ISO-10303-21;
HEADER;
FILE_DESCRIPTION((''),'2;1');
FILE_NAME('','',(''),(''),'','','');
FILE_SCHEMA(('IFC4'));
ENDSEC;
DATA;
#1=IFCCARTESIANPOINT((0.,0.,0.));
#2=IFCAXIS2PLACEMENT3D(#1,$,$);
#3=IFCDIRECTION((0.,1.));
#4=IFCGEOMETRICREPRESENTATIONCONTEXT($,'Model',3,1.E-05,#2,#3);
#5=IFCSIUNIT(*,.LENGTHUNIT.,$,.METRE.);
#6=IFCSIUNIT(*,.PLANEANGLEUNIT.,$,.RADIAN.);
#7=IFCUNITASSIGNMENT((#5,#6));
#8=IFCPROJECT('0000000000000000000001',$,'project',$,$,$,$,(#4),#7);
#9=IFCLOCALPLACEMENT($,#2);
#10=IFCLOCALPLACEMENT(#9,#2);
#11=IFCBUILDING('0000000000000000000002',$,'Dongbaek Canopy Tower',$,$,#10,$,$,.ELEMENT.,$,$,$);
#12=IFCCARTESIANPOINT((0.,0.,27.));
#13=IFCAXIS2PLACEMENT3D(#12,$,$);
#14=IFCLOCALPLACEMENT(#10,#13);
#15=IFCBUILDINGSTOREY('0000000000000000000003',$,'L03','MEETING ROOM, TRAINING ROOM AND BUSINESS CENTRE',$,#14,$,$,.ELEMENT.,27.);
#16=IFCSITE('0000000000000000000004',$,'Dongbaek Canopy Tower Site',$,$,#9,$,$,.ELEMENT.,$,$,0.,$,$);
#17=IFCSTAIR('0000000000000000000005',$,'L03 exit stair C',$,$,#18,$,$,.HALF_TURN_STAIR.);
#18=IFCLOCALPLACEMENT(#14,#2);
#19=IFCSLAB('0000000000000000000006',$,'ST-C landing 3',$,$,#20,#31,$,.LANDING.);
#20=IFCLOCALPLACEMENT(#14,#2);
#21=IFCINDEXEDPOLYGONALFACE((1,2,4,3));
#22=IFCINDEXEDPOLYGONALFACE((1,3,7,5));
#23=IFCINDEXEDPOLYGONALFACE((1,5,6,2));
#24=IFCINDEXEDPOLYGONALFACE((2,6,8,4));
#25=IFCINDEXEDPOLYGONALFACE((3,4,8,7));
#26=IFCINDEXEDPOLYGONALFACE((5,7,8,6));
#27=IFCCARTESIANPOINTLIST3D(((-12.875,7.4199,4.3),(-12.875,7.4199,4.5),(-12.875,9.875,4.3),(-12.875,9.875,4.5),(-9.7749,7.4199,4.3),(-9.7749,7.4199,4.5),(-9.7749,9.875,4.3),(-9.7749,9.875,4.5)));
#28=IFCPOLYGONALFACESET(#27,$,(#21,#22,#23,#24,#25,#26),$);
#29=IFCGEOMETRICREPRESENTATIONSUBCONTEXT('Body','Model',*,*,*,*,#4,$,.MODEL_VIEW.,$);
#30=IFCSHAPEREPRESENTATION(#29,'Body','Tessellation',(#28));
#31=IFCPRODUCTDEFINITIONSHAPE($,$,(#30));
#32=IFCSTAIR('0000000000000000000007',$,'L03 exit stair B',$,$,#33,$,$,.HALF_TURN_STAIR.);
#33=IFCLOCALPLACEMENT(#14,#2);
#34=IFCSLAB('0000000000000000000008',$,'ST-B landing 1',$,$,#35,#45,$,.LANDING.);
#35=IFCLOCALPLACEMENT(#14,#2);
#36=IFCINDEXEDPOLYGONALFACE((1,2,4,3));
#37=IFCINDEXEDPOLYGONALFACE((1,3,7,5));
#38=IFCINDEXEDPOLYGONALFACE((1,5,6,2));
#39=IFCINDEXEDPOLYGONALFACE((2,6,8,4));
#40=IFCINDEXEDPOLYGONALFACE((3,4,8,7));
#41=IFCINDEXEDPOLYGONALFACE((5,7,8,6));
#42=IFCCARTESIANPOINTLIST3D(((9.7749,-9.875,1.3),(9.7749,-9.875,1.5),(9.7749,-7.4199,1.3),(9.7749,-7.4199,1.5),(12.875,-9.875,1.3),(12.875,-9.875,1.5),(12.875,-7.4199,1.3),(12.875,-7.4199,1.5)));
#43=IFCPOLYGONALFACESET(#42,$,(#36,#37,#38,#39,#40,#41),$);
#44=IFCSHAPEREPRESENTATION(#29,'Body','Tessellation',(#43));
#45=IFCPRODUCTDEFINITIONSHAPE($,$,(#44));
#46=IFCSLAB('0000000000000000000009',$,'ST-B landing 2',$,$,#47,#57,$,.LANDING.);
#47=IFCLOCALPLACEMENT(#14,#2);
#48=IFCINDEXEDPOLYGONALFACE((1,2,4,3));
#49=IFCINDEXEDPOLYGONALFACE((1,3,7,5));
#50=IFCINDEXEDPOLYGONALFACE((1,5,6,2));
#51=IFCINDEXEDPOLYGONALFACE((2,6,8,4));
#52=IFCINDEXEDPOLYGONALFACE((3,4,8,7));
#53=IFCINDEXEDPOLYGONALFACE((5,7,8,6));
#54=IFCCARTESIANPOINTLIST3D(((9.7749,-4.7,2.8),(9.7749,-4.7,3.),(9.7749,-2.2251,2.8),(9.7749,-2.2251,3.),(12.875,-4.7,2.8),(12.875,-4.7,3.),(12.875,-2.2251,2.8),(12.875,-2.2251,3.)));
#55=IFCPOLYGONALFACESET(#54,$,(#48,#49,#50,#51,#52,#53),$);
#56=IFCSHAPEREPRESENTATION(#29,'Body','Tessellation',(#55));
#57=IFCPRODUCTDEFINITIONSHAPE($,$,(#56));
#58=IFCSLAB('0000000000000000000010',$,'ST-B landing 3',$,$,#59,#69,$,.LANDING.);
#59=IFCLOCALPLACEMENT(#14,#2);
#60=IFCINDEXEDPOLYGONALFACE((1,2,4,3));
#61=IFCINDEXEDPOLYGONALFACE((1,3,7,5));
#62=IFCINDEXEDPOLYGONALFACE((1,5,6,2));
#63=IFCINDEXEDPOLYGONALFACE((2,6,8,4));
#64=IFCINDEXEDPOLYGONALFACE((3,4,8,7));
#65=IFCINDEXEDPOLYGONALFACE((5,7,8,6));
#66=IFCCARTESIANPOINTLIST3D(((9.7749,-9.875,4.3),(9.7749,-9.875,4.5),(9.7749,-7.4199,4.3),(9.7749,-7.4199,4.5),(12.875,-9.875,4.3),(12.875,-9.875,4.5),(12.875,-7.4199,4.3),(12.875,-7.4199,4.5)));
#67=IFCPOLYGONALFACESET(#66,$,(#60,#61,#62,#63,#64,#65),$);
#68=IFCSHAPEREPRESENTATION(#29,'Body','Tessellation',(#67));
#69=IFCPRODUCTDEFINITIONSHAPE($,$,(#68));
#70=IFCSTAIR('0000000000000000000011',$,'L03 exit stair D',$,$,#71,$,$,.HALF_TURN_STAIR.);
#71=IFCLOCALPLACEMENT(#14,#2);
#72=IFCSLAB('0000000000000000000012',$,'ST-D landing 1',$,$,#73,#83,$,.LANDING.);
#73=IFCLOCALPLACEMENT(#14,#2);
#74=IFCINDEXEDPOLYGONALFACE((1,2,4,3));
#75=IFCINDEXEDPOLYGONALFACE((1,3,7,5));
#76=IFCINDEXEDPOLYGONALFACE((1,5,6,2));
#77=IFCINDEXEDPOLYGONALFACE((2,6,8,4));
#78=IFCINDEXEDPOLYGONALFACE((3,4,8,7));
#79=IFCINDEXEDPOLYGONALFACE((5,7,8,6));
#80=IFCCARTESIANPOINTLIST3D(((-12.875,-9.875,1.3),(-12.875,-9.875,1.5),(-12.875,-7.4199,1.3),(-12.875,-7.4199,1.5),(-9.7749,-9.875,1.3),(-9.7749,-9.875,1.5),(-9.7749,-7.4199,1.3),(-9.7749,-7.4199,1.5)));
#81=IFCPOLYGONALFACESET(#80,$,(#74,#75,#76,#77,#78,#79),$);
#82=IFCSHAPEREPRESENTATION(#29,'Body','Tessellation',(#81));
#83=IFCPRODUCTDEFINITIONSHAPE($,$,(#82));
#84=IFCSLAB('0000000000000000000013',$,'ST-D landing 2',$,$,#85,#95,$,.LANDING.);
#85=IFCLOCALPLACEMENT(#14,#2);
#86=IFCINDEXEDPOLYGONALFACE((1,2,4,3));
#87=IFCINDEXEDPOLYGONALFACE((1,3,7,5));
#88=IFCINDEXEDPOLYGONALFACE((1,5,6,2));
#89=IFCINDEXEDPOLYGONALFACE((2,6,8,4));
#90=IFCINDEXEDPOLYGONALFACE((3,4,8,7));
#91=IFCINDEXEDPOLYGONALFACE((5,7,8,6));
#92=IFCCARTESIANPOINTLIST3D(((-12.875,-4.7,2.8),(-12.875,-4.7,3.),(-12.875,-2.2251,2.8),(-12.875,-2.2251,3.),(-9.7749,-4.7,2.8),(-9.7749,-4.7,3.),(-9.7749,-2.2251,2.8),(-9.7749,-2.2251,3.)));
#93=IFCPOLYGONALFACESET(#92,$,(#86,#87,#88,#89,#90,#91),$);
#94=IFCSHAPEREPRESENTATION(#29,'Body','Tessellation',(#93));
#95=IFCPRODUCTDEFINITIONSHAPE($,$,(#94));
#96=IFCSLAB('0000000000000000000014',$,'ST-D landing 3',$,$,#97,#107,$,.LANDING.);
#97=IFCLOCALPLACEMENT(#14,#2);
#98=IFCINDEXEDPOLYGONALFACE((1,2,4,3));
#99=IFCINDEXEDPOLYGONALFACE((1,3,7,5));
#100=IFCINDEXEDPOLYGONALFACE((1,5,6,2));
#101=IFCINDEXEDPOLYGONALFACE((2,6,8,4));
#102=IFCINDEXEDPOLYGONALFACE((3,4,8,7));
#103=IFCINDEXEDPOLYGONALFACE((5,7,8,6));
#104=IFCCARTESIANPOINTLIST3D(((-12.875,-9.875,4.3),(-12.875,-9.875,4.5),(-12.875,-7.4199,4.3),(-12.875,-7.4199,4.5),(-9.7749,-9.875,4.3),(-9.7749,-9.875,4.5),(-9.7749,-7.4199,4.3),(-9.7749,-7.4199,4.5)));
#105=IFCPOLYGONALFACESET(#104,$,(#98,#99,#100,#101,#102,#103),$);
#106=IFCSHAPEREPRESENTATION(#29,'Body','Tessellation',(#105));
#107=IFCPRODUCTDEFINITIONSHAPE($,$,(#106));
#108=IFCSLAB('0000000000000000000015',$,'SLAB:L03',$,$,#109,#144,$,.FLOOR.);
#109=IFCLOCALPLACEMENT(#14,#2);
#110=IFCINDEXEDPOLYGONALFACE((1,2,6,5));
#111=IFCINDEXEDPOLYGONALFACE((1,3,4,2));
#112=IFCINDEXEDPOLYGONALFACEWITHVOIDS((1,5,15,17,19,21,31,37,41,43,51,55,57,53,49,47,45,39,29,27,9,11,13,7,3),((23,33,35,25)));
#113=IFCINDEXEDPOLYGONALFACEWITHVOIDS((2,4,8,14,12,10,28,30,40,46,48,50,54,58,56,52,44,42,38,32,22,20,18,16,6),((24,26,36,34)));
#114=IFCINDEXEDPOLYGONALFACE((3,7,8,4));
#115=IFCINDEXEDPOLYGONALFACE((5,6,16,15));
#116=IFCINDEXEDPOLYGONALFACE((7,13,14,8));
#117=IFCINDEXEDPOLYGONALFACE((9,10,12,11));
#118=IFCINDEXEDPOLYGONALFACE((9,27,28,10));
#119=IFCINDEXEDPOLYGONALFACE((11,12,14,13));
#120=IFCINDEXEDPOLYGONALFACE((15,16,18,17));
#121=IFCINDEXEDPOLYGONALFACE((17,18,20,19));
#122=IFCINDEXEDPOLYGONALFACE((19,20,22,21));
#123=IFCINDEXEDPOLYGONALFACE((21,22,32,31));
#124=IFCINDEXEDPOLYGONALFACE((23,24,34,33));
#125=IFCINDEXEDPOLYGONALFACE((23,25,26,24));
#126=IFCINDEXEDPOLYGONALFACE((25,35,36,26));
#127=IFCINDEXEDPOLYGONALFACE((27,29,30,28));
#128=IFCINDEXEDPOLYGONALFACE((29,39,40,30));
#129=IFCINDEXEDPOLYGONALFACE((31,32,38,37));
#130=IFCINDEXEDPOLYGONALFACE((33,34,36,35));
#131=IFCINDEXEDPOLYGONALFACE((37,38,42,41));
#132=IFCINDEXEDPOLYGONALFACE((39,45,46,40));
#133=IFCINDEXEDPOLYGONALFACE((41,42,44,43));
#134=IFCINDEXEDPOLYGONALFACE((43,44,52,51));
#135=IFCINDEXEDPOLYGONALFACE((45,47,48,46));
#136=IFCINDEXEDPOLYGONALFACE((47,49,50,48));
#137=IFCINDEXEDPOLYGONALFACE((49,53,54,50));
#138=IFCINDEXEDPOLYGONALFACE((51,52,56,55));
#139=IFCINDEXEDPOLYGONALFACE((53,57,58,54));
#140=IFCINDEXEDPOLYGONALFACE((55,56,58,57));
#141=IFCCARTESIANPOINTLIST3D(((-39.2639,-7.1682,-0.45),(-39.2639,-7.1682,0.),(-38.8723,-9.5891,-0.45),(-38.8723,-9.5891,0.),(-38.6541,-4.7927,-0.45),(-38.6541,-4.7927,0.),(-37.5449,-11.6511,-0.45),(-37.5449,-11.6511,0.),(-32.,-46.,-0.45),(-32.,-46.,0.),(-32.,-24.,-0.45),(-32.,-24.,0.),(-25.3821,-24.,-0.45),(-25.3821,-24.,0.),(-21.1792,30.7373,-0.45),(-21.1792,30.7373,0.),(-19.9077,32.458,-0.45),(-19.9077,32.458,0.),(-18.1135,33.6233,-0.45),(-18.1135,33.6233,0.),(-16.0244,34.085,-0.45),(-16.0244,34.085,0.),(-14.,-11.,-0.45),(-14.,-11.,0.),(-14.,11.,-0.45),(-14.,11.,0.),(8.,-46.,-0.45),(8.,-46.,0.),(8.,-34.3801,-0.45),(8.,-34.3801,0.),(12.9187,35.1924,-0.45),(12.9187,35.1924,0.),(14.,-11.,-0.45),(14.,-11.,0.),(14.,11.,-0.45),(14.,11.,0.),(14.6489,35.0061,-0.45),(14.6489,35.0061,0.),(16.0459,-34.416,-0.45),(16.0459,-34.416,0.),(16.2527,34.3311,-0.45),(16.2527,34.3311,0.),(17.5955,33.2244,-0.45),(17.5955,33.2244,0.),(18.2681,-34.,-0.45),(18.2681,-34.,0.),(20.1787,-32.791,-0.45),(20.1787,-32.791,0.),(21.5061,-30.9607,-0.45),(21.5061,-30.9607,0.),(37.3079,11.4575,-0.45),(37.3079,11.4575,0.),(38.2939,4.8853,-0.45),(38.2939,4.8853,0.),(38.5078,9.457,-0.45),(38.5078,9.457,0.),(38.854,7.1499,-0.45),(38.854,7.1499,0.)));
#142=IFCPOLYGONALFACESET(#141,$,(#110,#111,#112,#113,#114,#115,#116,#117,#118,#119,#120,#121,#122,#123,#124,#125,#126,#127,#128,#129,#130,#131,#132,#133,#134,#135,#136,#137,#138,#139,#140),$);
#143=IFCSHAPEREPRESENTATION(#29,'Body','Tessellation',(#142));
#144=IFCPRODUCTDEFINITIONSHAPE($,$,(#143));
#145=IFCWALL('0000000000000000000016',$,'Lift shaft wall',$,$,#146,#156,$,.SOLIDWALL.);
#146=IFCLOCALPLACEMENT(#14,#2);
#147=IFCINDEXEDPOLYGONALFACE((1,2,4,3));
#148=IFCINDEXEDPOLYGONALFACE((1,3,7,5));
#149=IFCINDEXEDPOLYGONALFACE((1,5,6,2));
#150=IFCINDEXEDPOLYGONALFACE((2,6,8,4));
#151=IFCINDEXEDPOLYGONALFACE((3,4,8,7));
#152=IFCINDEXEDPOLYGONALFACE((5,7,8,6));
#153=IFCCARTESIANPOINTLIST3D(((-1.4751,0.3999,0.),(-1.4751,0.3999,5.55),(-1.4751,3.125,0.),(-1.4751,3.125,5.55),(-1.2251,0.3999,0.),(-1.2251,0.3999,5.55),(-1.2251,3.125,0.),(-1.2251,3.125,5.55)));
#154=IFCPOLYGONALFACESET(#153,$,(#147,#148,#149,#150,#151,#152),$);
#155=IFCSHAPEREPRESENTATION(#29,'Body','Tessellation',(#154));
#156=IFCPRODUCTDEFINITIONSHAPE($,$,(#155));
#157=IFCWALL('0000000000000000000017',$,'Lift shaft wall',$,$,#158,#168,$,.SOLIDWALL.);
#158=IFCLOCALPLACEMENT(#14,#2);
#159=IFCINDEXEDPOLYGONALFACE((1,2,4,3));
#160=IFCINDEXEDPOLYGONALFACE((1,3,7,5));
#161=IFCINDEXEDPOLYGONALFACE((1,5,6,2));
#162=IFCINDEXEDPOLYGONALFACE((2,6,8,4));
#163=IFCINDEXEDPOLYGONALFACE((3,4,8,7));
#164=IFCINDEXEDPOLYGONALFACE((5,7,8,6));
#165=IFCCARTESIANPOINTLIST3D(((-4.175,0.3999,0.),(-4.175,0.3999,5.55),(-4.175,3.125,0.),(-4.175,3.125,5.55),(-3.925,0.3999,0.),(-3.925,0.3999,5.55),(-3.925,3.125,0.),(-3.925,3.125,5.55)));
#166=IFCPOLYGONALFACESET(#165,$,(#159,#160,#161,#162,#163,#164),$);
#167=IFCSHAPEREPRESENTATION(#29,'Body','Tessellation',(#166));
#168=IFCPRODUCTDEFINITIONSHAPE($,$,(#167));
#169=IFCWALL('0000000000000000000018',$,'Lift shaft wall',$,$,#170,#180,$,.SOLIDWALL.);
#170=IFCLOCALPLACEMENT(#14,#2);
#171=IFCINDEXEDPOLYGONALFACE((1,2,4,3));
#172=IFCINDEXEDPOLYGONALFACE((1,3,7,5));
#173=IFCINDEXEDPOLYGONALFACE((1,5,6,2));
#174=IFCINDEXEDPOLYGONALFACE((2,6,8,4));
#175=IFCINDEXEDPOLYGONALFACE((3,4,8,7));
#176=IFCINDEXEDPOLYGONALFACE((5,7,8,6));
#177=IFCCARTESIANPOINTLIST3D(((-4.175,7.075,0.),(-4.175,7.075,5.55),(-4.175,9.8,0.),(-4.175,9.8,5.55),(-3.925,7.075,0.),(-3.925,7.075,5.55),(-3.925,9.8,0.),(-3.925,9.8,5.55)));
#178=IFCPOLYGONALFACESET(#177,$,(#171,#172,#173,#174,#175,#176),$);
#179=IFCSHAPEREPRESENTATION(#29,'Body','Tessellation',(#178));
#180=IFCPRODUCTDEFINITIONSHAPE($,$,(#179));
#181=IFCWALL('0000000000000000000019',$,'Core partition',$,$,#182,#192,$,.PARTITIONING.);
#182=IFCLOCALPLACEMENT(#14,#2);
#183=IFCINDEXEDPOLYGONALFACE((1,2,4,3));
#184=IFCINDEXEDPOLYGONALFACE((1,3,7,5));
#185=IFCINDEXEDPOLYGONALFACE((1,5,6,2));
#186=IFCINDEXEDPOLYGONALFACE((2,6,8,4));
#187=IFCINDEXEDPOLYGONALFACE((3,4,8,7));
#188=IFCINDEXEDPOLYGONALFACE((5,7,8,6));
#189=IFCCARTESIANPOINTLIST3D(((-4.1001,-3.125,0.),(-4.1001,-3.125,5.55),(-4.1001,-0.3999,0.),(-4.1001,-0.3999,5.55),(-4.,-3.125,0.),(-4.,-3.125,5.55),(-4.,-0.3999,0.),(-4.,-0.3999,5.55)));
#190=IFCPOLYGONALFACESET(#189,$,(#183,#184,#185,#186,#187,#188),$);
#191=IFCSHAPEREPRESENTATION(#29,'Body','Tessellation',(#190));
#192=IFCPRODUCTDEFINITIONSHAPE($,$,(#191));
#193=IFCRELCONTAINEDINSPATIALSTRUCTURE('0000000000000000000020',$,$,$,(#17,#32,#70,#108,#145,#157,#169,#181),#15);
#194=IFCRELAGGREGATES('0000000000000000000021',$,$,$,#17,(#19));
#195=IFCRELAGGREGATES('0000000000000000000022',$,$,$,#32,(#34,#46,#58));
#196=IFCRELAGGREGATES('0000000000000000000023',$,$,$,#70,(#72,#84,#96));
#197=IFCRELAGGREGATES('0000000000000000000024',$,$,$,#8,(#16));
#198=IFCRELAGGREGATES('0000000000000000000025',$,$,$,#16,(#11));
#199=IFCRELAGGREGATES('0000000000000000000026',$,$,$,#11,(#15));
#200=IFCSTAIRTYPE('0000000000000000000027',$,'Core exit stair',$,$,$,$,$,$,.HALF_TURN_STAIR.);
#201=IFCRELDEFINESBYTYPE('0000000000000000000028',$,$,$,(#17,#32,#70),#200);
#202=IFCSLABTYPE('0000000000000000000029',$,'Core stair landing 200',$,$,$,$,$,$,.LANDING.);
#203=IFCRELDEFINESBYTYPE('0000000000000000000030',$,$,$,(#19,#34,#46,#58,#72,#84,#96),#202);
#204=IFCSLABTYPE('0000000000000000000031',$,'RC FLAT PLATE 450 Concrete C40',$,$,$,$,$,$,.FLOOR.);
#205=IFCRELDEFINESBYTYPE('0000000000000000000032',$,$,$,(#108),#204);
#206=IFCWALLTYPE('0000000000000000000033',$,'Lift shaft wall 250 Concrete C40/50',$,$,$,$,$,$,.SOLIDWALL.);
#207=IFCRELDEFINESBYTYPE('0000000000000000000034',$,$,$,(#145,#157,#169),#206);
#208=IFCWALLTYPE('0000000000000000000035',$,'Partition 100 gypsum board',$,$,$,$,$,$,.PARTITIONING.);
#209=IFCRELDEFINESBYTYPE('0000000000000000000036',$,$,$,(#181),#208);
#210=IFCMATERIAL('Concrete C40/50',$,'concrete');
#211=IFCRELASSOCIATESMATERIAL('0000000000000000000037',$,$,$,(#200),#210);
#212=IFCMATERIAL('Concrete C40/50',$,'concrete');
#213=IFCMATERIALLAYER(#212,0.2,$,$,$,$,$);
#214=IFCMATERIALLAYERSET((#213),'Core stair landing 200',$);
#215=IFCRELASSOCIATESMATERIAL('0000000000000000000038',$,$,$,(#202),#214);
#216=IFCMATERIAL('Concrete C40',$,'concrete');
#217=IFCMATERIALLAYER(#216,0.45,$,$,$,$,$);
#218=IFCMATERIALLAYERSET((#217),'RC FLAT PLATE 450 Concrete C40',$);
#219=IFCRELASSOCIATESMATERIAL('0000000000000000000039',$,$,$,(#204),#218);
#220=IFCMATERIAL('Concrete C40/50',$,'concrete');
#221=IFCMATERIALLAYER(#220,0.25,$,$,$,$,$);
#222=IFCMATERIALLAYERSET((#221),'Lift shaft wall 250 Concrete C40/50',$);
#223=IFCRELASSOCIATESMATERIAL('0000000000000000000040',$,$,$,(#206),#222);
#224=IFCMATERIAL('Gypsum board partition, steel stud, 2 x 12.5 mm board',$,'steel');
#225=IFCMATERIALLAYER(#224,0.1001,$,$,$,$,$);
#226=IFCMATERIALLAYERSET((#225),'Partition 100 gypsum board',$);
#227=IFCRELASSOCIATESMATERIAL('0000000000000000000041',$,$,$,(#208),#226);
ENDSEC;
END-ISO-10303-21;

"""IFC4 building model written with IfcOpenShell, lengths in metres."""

from ifc_helpers import new_model, si_unit, direction, frame, frame_2d, origin, place, context, subcontext, project, spatial, polyline, rectangle, outline, extrude, material, layer, layer_set, type_object, element, aggregate, save


model = new_model("IFC4")

# Units and contexts
model_context = context("Model", 3, precision=1e-05, world=origin(), true_north=direction((0.0, 1.0)))
body_context = subcontext(model_context, "Body", "Model", "MODEL_VIEW")
ifc_project = project(units=[si_unit("LENGTHUNIT", "METRE"), si_unit("PLANEANGLEUNIT", "RADIAN")], contexts=[model_context])

# Site, building, storey
site_placement = place(None, origin())
site = spatial("IfcSite", under=ifc_project, at=site_placement, Name="Dongbaek Canopy Tower Site", CompositionType="ELEMENT", RefElevation=0.0)
building_placement = place(site_placement, origin())
building = spatial("IfcBuilding", under=site, at=building_placement, Name="Dongbaek Canopy Tower", CompositionType="ELEMENT")
storey_placement = place(building_placement, frame((0.0, 0.0, 27.0)))
storey = spatial("IfcBuildingStorey", under=building, at=storey_placement, Name="L03", Description="MEETING ROOM, TRAINING ROOM AND BUSINESS CENTRE", CompositionType="ELEMENT", Elevation=27.0)

# Stairs, slabs
ifc_material_1 = material(Name="Concrete C40/50", Category="concrete")
stair_type = type_object("IfcStairType", Name="Core exit stair", PredefinedType="HALF_TURN_STAIR", material=ifc_material_1)
ifc_material_2 = material(Name="Concrete C40/50", Category="concrete")
ifc_layer_1 = layer(ifc_material_2, 0.2)
ifc_layer_set_1 = layer_set([ifc_layer_1], Name="Core stair landing 200")
slab_type_1 = type_object("IfcSlabType", Name="Core stair landing 200", PredefinedType="LANDING", material=ifc_layer_set_1)
stair_1_placement = place(storey_placement, origin())
stair_1 = element("IfcStair", 1, at=stair_1_placement, inside=storey, type_object=stair_type, Name="L03 exit stair C", PredefinedType="HALF_TURN_STAIR")
slab_1_placement = place(storey_placement, frame((0.0, 0.0, 4.3)))
slab_1 = element("IfcSlab", 2, at=slab_1_placement, type_object=slab_type_1, Name="ST-C landing 3", PredefinedType="LANDING", context=body_context, shape_type="SweptSolid", body=[
    extrude(outline(polyline([(-9.7749, 7.4199), (-9.7749, 9.875), (-12.875, 9.875), (-12.875, 7.4199), (-9.7749, 7.4199)])), origin(), (0.0, 0.0, 1.0), 0.2),
])
aggregate(stair_1, [slab_1])
stair_2_placement = place(storey_placement, origin())
stair_2 = element("IfcStair", 3, at=stair_2_placement, inside=storey, type_object=stair_type, Name="L03 exit stair B", PredefinedType="HALF_TURN_STAIR")
slab_2_placement = place(storey_placement, frame((0.0, 0.0, 1.3)))
slab_2 = element("IfcSlab", 4, at=slab_2_placement, type_object=slab_type_1, Name="ST-B landing 1", PredefinedType="LANDING", context=body_context, shape_type="SweptSolid", body=[
    extrude(outline(polyline([(9.7749, -7.4199), (9.7749, -9.875), (12.875, -9.875), (12.875, -7.4199), (9.7749, -7.4199)])), origin(), (0.0, 0.0, 1.0), 0.2),
])
slab_3_placement = place(storey_placement, frame((0.0, 0.0, 2.8)))
slab_3 = element("IfcSlab", 5, at=slab_3_placement, type_object=slab_type_1, Name="ST-B landing 2", PredefinedType="LANDING", context=body_context, shape_type="SweptSolid", body=[
    extrude(outline(polyline([(9.7749, -2.2251), (9.7749, -4.7), (12.875, -4.7), (12.875, -2.2251), (9.7749, -2.2251)])), origin(), (0.0, 0.0, 1.0), 0.2),
])
slab_4_placement = place(storey_placement, frame((0.0, 0.0, 4.3)))
slab_4 = element("IfcSlab", 6, at=slab_4_placement, type_object=slab_type_1, Name="ST-B landing 3", PredefinedType="LANDING", context=body_context, shape_type="SweptSolid", body=[
    extrude(outline(polyline([(9.7749, -7.4199), (9.7749, -9.875), (12.875, -9.875), (12.875, -7.4199), (9.7749, -7.4199)])), origin(), (0.0, 0.0, 1.0), 0.2),
])
aggregate(stair_2, [slab_2, slab_3, slab_4])
stair_3_placement = place(storey_placement, origin())
stair_3 = element("IfcStair", 7, at=stair_3_placement, inside=storey, type_object=stair_type, Name="L03 exit stair D", PredefinedType="HALF_TURN_STAIR")
slab_5_placement = place(storey_placement, frame((0.0, 0.0, 1.3)))
slab_5 = element("IfcSlab", 8, at=slab_5_placement, type_object=slab_type_1, Name="ST-D landing 1", PredefinedType="LANDING", context=body_context, shape_type="SweptSolid", body=[
    extrude(outline(polyline([(-12.875, -7.4199), (-12.875, -9.875), (-9.7749, -9.875), (-9.7749, -7.4199), (-12.875, -7.4199)])), origin(), (0.0, 0.0, 1.0), 0.2),
])
slab_6_placement = place(storey_placement, frame((0.0, 0.0, 2.8)))
slab_6 = element("IfcSlab", 9, at=slab_6_placement, type_object=slab_type_1, Name="ST-D landing 2", PredefinedType="LANDING", context=body_context, shape_type="SweptSolid", body=[
    extrude(outline(polyline([(-12.875, -2.2251), (-12.875, -4.7), (-9.7749, -4.7), (-9.7749, -2.2251), (-12.875, -2.2251)])), origin(), (0.0, 0.0, 1.0), 0.2),
])
slab_7_placement = place(storey_placement, frame((0.0, 0.0, 4.3)))
slab_7 = element("IfcSlab", 10, at=slab_7_placement, type_object=slab_type_1, Name="ST-D landing 3", PredefinedType="LANDING", context=body_context, shape_type="SweptSolid", body=[
    extrude(outline(polyline([(-12.875, -7.4199), (-12.875, -9.875), (-9.7749, -9.875), (-9.7749, -7.4199), (-12.875, -7.4199)])), origin(), (0.0, 0.0, 1.0), 0.2),
])
aggregate(stair_3, [slab_5, slab_6, slab_7])

# Slab
ifc_material_3 = material(Name="Concrete C40", Category="concrete")
ifc_layer_2 = layer(ifc_material_3, 0.45)
ifc_layer_set_2 = layer_set([ifc_layer_2], Name="RC FLAT PLATE 450 Concrete C40")
slab_type_2 = type_object("IfcSlabType", Name="RC FLAT PLATE 450 Concrete C40", PredefinedType="FLOOR", material=ifc_layer_set_2)
slab_8_placement = place(storey_placement, frame((0.0, 0.0, -0.45)))
element("IfcSlab", 11, at=slab_8_placement, inside=storey, type_object=slab_type_2, Name="SLAB:L03", PredefinedType="FLOOR", context=body_context, shape_type="SweptSolid", body=[
    extrude(outline(polyline([(8.0, -46.0), (-32.0, -46.0), (-32.0, -24.0), (-25.3821, -24.0), (-37.5449, -11.6511), (-38.8723, -9.5891), (-39.2639, -7.1682), (-38.6541, -4.7927), (-21.1792, 30.7373), (-19.9077, 32.458), (-18.1135, 33.6233), (-16.0244, 34.085), (12.9187, 35.1924), (14.6489, 35.0061), (16.2527, 34.3311), (17.5955, 33.2244), (37.3079, 11.4575), (38.5078, 9.457), (38.854, 7.1499), (38.2939, 4.8853), (21.5061, -30.9607), (20.1787, -32.791), (18.2681, -34.0), (16.0459, -34.416), (8.0, -34.3801), (8.0, -46.0)]), holes=[polyline([(14.0, 11.0), (-14.0, 11.0), (-14.0, -11.0), (14.0, -11.0), (14.0, 11.0)])]), origin(), (0.0, 0.0, 1.0), 0.45),
])

# Walls
ifc_material_4 = material(Name="Concrete C40/50", Category="concrete")
ifc_layer_3 = layer(ifc_material_4, 0.25)
ifc_layer_set_3 = layer_set([ifc_layer_3], Name="Lift shaft wall 250 Concrete C40/50")
wall_type_1 = type_object("IfcWallType", Name="Lift shaft wall 250 Concrete C40/50", PredefinedType="SOLIDWALL", material=ifc_layer_set_3)
for number, where, z_axis, x_axis, name in (
    (12, (-1.3501, 0.3999, 0.0), (0.0, 0.0, 1.0), (0.0, 1.0, 0.0), "Lift shaft wall"),
    (13, (-4.05, 0.3999, 0.0), (0.0, 0.0, 1.0), (0.0, 1.0, 0.0), "Lift shaft wall"),
    (14, (-4.05, 7.075, 0.0), (0.0, 0.0, 1.0), (0.0, 1.0, 0.0), "Lift shaft wall"),
):
    element("IfcWall", number, at=place(storey_placement, frame(where, z_axis=z_axis, x_axis=x_axis)), inside=storey, type_object=wall_type_1, Name=name, PredefinedType="SOLIDWALL", context=body_context, shape_type="SweptSolid", body=[
        extrude(rectangle(XDim=2.7251, YDim=0.25, at=frame_2d((1.3625, 0.0))), origin(), (0.0, 0.0, 1.0), 5.55),
    ])
ifc_material_5 = material(Name="Gypsum board partition, steel stud, 2 x 12.5 mm board", Category="steel")
ifc_layer_4 = layer(ifc_material_5, 0.1001)
ifc_layer_set_4 = layer_set([ifc_layer_4], Name="Partition 100 gypsum board")
wall_type_2 = type_object("IfcWallType", Name="Partition 100 gypsum board", PredefinedType="PARTITIONING", material=ifc_layer_set_4)
wall_placement = place(storey_placement, frame((-4.05, -3.125, 0.0), z_axis=(0.0, 0.0, 1.0), x_axis=(0.0, 1.0, 0.0)))
element("IfcWall", 15, at=wall_placement, inside=storey, type_object=wall_type_2, Name="Core partition", PredefinedType="PARTITIONING", context=body_context, shape_type="SweptSolid", body=[
    extrude(rectangle(XDim=2.7251, YDim=0.1001, at=frame_2d((1.3625, 0.0))), origin(), (0.0, 0.0, 1.0), 5.55),
])

save(model, "model.ifc")
